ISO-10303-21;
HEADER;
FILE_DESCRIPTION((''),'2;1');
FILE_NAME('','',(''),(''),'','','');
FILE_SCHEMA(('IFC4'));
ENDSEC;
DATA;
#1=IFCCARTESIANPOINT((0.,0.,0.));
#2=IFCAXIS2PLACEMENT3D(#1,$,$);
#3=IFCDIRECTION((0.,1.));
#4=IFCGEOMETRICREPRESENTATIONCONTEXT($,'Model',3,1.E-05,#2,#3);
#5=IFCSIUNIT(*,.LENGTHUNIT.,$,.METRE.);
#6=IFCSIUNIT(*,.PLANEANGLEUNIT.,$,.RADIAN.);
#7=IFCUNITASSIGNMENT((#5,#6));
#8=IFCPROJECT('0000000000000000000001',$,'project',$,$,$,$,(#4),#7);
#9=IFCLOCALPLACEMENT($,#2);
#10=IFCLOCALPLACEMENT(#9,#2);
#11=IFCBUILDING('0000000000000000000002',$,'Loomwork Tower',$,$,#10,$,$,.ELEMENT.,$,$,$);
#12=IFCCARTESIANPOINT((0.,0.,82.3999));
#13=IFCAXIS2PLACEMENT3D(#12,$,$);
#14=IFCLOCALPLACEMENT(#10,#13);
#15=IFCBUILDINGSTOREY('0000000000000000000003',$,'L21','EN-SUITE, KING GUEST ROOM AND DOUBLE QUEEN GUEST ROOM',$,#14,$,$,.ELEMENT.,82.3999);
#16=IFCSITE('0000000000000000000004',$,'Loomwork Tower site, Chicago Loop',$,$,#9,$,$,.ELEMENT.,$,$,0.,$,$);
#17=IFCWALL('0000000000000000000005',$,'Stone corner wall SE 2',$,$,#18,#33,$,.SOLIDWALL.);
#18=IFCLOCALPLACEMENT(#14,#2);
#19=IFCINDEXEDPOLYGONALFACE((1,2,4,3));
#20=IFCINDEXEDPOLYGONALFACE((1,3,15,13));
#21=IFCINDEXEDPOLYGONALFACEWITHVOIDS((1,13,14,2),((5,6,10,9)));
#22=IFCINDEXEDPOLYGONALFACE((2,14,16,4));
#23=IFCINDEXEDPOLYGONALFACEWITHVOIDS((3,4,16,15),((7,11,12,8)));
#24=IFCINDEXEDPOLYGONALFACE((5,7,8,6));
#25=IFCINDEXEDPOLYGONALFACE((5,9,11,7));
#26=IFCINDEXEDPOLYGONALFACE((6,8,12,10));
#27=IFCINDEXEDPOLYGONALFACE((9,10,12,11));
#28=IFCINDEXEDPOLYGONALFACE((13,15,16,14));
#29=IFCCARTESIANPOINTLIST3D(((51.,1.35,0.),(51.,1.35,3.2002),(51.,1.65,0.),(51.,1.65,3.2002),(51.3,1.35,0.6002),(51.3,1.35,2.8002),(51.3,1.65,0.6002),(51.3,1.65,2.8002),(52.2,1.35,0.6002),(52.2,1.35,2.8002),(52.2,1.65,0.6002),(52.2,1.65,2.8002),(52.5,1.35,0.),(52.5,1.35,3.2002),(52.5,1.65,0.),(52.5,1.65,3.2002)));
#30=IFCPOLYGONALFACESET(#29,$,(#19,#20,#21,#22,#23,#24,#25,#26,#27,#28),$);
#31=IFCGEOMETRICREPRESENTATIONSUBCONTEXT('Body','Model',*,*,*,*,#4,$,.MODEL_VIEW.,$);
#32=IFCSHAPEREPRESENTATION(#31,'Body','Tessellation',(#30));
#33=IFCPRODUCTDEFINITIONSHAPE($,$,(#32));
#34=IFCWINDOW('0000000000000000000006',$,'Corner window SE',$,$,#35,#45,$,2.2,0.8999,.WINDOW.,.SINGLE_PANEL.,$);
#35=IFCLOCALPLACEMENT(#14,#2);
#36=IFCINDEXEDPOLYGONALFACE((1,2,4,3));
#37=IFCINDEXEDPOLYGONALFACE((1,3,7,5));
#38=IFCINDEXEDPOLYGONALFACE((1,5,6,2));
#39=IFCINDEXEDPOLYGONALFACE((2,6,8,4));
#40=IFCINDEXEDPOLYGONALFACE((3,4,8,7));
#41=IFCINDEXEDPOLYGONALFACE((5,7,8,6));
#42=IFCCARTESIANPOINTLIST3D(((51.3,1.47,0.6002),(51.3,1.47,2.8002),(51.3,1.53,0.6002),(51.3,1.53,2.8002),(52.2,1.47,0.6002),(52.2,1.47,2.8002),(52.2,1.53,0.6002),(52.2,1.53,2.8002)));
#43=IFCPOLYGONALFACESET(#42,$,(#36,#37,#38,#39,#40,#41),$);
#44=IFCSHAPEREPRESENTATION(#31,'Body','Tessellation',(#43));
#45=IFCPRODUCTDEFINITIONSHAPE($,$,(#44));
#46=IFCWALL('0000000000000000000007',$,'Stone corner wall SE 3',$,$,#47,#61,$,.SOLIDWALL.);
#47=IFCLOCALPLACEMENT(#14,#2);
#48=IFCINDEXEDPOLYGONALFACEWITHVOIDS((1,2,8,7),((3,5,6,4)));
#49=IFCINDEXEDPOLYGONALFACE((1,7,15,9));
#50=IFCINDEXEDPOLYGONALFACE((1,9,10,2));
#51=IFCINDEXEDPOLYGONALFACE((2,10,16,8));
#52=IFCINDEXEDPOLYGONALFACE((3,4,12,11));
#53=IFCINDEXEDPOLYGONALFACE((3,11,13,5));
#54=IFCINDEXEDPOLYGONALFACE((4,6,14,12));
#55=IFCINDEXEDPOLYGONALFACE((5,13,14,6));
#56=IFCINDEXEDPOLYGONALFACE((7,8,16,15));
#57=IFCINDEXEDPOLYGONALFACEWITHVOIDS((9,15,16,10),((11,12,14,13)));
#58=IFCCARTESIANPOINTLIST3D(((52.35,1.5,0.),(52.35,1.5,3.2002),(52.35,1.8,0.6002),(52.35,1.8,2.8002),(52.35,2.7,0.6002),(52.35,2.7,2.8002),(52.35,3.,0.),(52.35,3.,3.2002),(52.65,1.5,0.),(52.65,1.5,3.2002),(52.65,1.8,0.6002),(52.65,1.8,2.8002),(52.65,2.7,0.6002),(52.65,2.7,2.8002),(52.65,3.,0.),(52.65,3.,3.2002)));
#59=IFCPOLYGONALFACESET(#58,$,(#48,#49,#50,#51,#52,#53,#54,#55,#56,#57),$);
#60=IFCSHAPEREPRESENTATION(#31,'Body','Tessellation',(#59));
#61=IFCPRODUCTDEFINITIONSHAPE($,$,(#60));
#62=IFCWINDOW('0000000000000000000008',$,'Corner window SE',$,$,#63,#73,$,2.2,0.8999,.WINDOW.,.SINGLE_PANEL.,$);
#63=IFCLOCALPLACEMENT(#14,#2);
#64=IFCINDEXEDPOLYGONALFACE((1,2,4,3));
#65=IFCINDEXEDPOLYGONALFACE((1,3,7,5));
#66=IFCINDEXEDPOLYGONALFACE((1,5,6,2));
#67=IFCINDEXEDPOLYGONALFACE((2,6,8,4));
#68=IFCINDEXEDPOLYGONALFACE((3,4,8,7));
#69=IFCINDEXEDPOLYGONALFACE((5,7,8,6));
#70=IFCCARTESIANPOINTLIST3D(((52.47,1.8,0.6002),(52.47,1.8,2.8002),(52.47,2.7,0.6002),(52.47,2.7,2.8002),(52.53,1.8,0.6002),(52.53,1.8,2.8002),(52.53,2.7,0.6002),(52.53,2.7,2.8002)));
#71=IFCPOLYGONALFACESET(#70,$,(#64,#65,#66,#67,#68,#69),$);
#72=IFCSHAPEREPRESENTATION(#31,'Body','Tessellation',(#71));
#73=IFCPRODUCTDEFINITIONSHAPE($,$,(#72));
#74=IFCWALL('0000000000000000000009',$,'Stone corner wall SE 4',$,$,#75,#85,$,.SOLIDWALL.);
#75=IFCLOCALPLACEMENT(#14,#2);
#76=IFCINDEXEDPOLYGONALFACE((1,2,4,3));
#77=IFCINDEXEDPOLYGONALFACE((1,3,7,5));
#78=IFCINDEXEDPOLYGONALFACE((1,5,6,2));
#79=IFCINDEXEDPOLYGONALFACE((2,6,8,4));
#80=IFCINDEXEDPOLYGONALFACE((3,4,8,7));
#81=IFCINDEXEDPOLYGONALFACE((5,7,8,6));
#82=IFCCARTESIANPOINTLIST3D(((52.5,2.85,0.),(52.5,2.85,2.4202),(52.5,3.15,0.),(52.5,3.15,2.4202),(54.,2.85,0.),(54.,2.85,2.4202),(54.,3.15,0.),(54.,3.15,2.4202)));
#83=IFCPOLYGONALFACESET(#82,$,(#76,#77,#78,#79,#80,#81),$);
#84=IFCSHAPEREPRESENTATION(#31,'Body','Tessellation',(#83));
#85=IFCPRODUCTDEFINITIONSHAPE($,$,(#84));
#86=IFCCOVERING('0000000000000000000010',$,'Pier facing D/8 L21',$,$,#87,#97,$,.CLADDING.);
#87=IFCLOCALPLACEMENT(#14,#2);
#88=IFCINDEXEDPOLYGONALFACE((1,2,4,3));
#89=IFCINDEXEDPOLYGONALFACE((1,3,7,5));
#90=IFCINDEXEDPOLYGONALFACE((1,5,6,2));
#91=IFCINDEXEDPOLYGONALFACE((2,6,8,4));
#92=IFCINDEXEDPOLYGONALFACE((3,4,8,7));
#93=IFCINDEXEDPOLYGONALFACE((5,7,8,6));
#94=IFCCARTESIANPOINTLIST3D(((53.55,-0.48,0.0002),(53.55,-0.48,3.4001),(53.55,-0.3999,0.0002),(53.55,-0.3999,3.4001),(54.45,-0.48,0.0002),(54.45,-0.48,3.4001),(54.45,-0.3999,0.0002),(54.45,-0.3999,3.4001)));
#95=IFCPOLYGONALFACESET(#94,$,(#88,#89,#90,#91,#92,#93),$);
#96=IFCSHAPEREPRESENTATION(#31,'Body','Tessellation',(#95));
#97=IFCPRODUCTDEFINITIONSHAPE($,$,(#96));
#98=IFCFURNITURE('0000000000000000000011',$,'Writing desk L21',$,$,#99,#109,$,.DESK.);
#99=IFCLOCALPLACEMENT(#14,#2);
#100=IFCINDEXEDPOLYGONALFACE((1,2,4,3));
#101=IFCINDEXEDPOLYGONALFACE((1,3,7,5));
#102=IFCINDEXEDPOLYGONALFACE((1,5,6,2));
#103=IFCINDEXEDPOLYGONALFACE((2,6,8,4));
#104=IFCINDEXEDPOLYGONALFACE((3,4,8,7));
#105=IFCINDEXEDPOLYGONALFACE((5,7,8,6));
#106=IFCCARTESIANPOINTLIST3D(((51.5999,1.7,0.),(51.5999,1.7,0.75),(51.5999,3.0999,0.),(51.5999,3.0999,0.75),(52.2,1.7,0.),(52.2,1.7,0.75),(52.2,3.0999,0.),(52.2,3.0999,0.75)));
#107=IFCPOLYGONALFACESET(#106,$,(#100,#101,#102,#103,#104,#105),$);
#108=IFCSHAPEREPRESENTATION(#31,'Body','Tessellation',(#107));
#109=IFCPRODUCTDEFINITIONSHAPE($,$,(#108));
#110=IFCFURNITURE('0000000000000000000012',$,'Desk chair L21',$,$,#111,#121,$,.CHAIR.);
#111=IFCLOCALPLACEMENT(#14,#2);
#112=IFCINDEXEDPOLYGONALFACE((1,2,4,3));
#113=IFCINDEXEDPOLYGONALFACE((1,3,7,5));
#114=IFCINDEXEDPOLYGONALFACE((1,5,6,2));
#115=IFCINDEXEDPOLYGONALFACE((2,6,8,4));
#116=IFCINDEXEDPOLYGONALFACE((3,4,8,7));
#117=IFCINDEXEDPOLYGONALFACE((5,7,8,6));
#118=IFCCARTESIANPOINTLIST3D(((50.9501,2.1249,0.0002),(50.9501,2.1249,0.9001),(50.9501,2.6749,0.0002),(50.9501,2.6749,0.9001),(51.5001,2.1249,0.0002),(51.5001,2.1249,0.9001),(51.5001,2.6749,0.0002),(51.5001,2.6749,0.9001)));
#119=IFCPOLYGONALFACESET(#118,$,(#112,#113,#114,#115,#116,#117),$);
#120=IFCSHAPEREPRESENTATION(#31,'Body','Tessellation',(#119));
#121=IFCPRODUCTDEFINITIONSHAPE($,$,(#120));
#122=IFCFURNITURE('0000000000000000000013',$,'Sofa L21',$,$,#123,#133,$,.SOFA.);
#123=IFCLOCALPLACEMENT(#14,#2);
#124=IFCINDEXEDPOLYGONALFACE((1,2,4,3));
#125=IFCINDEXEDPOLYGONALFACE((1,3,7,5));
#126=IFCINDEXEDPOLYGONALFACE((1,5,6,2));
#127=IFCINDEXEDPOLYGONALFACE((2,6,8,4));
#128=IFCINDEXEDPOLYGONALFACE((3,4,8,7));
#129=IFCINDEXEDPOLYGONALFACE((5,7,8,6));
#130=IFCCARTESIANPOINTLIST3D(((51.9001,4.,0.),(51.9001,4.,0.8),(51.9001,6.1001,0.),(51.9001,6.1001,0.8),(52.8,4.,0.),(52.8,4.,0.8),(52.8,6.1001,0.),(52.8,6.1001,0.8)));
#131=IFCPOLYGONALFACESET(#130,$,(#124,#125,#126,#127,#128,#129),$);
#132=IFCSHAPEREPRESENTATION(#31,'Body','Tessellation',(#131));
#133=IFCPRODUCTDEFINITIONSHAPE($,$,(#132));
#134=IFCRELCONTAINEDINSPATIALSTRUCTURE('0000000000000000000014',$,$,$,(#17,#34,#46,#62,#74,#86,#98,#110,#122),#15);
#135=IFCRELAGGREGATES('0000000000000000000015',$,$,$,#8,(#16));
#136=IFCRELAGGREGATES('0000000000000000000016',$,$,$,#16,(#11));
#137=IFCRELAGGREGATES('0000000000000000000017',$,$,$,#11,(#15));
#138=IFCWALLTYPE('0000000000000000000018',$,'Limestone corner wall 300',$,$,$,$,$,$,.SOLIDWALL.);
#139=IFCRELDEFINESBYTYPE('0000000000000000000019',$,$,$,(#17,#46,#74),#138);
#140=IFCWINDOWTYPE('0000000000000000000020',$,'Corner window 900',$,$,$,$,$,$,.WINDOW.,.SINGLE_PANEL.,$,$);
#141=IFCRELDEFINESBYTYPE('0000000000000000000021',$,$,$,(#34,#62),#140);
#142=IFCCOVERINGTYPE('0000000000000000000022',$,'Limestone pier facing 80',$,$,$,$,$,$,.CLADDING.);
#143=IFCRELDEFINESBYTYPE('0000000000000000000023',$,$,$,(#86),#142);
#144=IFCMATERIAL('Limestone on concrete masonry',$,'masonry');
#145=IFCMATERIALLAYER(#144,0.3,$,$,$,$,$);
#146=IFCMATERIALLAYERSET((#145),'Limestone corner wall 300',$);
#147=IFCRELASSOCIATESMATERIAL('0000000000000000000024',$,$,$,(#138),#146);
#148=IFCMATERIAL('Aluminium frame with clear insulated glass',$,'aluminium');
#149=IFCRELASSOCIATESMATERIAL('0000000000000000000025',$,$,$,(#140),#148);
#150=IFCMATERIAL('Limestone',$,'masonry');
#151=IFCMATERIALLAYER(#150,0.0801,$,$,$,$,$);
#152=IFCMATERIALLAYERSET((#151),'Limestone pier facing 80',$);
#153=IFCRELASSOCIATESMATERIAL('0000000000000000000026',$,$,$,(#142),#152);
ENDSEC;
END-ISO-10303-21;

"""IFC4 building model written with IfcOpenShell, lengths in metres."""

from ifc_helpers import new_model, si_unit, direction, frame, frame_2d, origin, origin_2d, place, context, subcontext, project, spatial, rectangle, extrude, material, layer, layer_set, type_object, element, fill, save


model = new_model("IFC4")

# Units and contexts
model_context = context("Model", 3, precision=1e-05, world=origin(), true_north=direction((0.0, 1.0)))
body_context = subcontext(model_context, "Body", "Model", "MODEL_VIEW")
ifc_project = project(units=[si_unit("LENGTHUNIT", "METRE"), si_unit("PLANEANGLEUNIT", "RADIAN")], contexts=[model_context])

# Site, building, storey
site_placement = place(None, origin())
site = spatial("IfcSite", under=ifc_project, at=site_placement, Name="Loomwork Tower site, Chicago Loop", CompositionType="ELEMENT", RefElevation=0.0)
building_placement = place(site_placement, origin())
building = spatial("IfcBuilding", under=site, at=building_placement, Name="Loomwork Tower", CompositionType="ELEMENT")
storey_placement = place(building_placement, frame((0.0, 0.0, 82.3999)))
storey = spatial("IfcBuildingStorey", under=building, at=storey_placement, Name="L21", Description="EN-SUITE, KING GUEST ROOM AND DOUBLE QUEEN GUEST ROOM", CompositionType="ELEMENT", Elevation=82.3999)

# Shared definitions
ifc_material_1 = material(Name="Limestone on concrete masonry", Category="masonry")
ifc_layer_1 = layer(ifc_material_1, 0.3)
ifc_layer_set_1 = layer_set([ifc_layer_1], Name="Limestone corner wall 300")
wall_type_1 = type_object("IfcWallType", Name="Limestone corner wall 300", PredefinedType="SOLIDWALL", material=ifc_layer_set_1)

# Walls, openings, windows
wall_1_placement = place(storey_placement, frame((51.0, 1.5, 0.0), z_axis=(0.0, 0.0, 1.0), x_axis=(1.0, 0.0, 0.0)))
wall_1 = element("IfcWall", 1, at=wall_1_placement, inside=storey, type_object=wall_type_1, Name="Stone corner wall SE 2", PredefinedType="SOLIDWALL", context=body_context, shape_type="SweptSolid", body=[
    extrude(rectangle(XDim=1.5, YDim=0.3, at=frame_2d((0.75, 0.0))), origin(), (0.0, 0.0, 1.0), 3.2002),
])
opening_1_placement = place(wall_1_placement, frame((0.3, 0.0, 0.6001)))
opening_1 = element("IfcOpeningElement", 2, at=opening_1_placement, cuts=wall_1, PredefinedType="OPENING", context=body_context, shape_type="SweptSolid", body=[
    extrude(rectangle(XDim=0.8999, YDim=2.2, at=frame_2d((0.45, 1.1001))), frame((0.0, 0.1599, 0.0), z_axis=(0.0, -1.0, 0.0), x_axis=(1.0, 0.0, 0.0)), (0.0, 0.0, 1.0), 0.3201),
])
ifc_material_2 = material(Name="Aluminium frame with clear insulated glass", Category="aluminium")
window_type = type_object("IfcWindowType", Name="Corner window 900", PartitioningType="SINGLE_PANEL", PredefinedType="WINDOW", material=ifc_material_2)
window_1_placement = place(opening_1_placement, origin())
window_1 = element("IfcWindow", 3, at=window_1_placement, inside=storey, type_object=window_type, Name="Corner window SE", OverallHeight=2.2, OverallWidth=0.8999, PartitioningType="SINGLE_PANEL", PredefinedType="WINDOW", context=body_context, shape_type="SweptSolid", body=[
    extrude(rectangle(XDim=0.8999, YDim=2.2, at=frame_2d((0.45, 1.1001))), frame((0.0, 0.03, 0.0), z_axis=(0.0, -1.0, 0.0), x_axis=(1.0, 0.0, 0.0)), (0.0, 0.0, 1.0), 0.0601),
])
fill(opening_1, window_1)
wall_2_placement = place(storey_placement, frame((52.5, 1.5, 0.0), z_axis=(0.0, 0.0, 1.0), x_axis=(0.0, 1.0, 0.0)))
wall_2 = element("IfcWall", 4, at=wall_2_placement, inside=storey, type_object=wall_type_1, Name="Stone corner wall SE 3", PredefinedType="SOLIDWALL", context=body_context, shape_type="SweptSolid", body=[
    extrude(rectangle(XDim=1.5, YDim=0.3, at=frame_2d((0.75, 0.0))), origin(), (0.0, 0.0, 1.0), 3.2002),
])
opening_2_placement = place(wall_2_placement, frame((0.3, 0.0, 0.6001)))
opening_2 = element("IfcOpeningElement", 5, at=opening_2_placement, cuts=wall_2, PredefinedType="OPENING", context=body_context, shape_type="SweptSolid", body=[
    extrude(rectangle(XDim=0.8999, YDim=2.2, at=frame_2d((0.45, 1.1001))), frame((0.0, 0.1599, 0.0), z_axis=(0.0, -1.0, 0.0), x_axis=(1.0, 0.0, 0.0)), (0.0, 0.0, 1.0), 0.3201),
])
window_2_placement = place(opening_2_placement, origin())
window_2 = element("IfcWindow", 6, at=window_2_placement, inside=storey, type_object=window_type, Name="Corner window SE", OverallHeight=2.2, OverallWidth=0.8999, PartitioningType="SINGLE_PANEL", PredefinedType="WINDOW", context=body_context, shape_type="SweptSolid", body=[
    extrude(rectangle(XDim=0.8999, YDim=2.2, at=frame_2d((0.45, 1.1001))), frame((0.0, 0.03, 0.0), z_axis=(0.0, -1.0, 0.0), x_axis=(1.0, 0.0, 0.0)), (0.0, 0.0, 1.0), 0.0601),
])
fill(opening_2, window_2)

# Wall
wall_3_placement = place(storey_placement, frame((52.5, 3.0, 0.0), z_axis=(0.0, 0.0, 1.0), x_axis=(1.0, 0.0, 0.0)))
element("IfcWall", 7, at=wall_3_placement, inside=storey, type_object=wall_type_1, Name="Stone corner wall SE 4", PredefinedType="SOLIDWALL", context=body_context, shape_type="SweptSolid", body=[
    extrude(rectangle(XDim=1.5, YDim=0.3, at=frame_2d((0.75, 0.0))), origin(), (0.0, 0.0, 1.0), 2.4202),
])

# Covering
ifc_material_3 = material(Name="Limestone", Category="masonry")
ifc_layer_2 = layer(ifc_material_3, 0.0801)
ifc_layer_set_2 = layer_set([ifc_layer_2], Name="Limestone pier facing 80")
covering_type = type_object("IfcCoveringType", Name="Limestone pier facing 80", PredefinedType="CLADDING", material=ifc_layer_set_2)
covering_placement = place(storey_placement, frame((54.0, -0.4399, 0.0002), z_axis=(0.0, 0.0, 1.0), x_axis=(1.0, 0.0, 0.0)))
element("IfcCovering", 8, at=covering_placement, inside=storey, type_object=covering_type, Name="Pier facing D/8 L21", PredefinedType="CLADDING", context=body_context, shape_type="SweptSolid", body=[
    extrude(rectangle(XDim=0.8999, YDim=0.0801, at=origin_2d()), origin(), (0.0, 0.0, 1.0), 3.3999),
])

# Furniture
furniture_1_placement = place(storey_placement, frame((51.8999, 2.3999, 0.0), z_axis=(0.0, 0.0, 1.0), x_axis=(1.0, 0.0, 0.0)))
element("IfcFurniture", 9, at=furniture_1_placement, inside=storey, Name="Writing desk L21", PredefinedType="DESK", context=body_context, shape_type="SweptSolid", body=[
    extrude(rectangle(XDim=0.6001, YDim=1.3999, at=origin_2d()), origin(), (0.0, 0.0, 1.0), 0.75),
])
furniture_2_placement = place(storey_placement, frame((51.2251, 2.3999, 0.0002), z_axis=(0.0, 0.0, 1.0), x_axis=(1.0, 0.0, 0.0)))
element("IfcFurniture", 10, at=furniture_2_placement, inside=storey, Name="Desk chair L21", PredefinedType="CHAIR", context=body_context, shape_type="SweptSolid", body=[
    extrude(rectangle(XDim=0.55, YDim=0.55, at=origin_2d()), origin(), (0.0, 0.0, 1.0), 0.8999),
])
furniture_3_placement = place(storey_placement, frame((52.3501, 5.05, 0.0), z_axis=(0.0, 0.0, 1.0), x_axis=(1.0, 0.0, 0.0)))
element("IfcFurniture", 11, at=furniture_3_placement, inside=storey, Name="Sofa L21", PredefinedType="SOFA", context=body_context, shape_type="SweptSolid", body=[
    extrude(rectangle(XDim=0.8999, YDim=2.1001, at=origin_2d()), origin(), (0.0, 0.0, 1.0), 0.8),
])

save(model, "model.ifc")
